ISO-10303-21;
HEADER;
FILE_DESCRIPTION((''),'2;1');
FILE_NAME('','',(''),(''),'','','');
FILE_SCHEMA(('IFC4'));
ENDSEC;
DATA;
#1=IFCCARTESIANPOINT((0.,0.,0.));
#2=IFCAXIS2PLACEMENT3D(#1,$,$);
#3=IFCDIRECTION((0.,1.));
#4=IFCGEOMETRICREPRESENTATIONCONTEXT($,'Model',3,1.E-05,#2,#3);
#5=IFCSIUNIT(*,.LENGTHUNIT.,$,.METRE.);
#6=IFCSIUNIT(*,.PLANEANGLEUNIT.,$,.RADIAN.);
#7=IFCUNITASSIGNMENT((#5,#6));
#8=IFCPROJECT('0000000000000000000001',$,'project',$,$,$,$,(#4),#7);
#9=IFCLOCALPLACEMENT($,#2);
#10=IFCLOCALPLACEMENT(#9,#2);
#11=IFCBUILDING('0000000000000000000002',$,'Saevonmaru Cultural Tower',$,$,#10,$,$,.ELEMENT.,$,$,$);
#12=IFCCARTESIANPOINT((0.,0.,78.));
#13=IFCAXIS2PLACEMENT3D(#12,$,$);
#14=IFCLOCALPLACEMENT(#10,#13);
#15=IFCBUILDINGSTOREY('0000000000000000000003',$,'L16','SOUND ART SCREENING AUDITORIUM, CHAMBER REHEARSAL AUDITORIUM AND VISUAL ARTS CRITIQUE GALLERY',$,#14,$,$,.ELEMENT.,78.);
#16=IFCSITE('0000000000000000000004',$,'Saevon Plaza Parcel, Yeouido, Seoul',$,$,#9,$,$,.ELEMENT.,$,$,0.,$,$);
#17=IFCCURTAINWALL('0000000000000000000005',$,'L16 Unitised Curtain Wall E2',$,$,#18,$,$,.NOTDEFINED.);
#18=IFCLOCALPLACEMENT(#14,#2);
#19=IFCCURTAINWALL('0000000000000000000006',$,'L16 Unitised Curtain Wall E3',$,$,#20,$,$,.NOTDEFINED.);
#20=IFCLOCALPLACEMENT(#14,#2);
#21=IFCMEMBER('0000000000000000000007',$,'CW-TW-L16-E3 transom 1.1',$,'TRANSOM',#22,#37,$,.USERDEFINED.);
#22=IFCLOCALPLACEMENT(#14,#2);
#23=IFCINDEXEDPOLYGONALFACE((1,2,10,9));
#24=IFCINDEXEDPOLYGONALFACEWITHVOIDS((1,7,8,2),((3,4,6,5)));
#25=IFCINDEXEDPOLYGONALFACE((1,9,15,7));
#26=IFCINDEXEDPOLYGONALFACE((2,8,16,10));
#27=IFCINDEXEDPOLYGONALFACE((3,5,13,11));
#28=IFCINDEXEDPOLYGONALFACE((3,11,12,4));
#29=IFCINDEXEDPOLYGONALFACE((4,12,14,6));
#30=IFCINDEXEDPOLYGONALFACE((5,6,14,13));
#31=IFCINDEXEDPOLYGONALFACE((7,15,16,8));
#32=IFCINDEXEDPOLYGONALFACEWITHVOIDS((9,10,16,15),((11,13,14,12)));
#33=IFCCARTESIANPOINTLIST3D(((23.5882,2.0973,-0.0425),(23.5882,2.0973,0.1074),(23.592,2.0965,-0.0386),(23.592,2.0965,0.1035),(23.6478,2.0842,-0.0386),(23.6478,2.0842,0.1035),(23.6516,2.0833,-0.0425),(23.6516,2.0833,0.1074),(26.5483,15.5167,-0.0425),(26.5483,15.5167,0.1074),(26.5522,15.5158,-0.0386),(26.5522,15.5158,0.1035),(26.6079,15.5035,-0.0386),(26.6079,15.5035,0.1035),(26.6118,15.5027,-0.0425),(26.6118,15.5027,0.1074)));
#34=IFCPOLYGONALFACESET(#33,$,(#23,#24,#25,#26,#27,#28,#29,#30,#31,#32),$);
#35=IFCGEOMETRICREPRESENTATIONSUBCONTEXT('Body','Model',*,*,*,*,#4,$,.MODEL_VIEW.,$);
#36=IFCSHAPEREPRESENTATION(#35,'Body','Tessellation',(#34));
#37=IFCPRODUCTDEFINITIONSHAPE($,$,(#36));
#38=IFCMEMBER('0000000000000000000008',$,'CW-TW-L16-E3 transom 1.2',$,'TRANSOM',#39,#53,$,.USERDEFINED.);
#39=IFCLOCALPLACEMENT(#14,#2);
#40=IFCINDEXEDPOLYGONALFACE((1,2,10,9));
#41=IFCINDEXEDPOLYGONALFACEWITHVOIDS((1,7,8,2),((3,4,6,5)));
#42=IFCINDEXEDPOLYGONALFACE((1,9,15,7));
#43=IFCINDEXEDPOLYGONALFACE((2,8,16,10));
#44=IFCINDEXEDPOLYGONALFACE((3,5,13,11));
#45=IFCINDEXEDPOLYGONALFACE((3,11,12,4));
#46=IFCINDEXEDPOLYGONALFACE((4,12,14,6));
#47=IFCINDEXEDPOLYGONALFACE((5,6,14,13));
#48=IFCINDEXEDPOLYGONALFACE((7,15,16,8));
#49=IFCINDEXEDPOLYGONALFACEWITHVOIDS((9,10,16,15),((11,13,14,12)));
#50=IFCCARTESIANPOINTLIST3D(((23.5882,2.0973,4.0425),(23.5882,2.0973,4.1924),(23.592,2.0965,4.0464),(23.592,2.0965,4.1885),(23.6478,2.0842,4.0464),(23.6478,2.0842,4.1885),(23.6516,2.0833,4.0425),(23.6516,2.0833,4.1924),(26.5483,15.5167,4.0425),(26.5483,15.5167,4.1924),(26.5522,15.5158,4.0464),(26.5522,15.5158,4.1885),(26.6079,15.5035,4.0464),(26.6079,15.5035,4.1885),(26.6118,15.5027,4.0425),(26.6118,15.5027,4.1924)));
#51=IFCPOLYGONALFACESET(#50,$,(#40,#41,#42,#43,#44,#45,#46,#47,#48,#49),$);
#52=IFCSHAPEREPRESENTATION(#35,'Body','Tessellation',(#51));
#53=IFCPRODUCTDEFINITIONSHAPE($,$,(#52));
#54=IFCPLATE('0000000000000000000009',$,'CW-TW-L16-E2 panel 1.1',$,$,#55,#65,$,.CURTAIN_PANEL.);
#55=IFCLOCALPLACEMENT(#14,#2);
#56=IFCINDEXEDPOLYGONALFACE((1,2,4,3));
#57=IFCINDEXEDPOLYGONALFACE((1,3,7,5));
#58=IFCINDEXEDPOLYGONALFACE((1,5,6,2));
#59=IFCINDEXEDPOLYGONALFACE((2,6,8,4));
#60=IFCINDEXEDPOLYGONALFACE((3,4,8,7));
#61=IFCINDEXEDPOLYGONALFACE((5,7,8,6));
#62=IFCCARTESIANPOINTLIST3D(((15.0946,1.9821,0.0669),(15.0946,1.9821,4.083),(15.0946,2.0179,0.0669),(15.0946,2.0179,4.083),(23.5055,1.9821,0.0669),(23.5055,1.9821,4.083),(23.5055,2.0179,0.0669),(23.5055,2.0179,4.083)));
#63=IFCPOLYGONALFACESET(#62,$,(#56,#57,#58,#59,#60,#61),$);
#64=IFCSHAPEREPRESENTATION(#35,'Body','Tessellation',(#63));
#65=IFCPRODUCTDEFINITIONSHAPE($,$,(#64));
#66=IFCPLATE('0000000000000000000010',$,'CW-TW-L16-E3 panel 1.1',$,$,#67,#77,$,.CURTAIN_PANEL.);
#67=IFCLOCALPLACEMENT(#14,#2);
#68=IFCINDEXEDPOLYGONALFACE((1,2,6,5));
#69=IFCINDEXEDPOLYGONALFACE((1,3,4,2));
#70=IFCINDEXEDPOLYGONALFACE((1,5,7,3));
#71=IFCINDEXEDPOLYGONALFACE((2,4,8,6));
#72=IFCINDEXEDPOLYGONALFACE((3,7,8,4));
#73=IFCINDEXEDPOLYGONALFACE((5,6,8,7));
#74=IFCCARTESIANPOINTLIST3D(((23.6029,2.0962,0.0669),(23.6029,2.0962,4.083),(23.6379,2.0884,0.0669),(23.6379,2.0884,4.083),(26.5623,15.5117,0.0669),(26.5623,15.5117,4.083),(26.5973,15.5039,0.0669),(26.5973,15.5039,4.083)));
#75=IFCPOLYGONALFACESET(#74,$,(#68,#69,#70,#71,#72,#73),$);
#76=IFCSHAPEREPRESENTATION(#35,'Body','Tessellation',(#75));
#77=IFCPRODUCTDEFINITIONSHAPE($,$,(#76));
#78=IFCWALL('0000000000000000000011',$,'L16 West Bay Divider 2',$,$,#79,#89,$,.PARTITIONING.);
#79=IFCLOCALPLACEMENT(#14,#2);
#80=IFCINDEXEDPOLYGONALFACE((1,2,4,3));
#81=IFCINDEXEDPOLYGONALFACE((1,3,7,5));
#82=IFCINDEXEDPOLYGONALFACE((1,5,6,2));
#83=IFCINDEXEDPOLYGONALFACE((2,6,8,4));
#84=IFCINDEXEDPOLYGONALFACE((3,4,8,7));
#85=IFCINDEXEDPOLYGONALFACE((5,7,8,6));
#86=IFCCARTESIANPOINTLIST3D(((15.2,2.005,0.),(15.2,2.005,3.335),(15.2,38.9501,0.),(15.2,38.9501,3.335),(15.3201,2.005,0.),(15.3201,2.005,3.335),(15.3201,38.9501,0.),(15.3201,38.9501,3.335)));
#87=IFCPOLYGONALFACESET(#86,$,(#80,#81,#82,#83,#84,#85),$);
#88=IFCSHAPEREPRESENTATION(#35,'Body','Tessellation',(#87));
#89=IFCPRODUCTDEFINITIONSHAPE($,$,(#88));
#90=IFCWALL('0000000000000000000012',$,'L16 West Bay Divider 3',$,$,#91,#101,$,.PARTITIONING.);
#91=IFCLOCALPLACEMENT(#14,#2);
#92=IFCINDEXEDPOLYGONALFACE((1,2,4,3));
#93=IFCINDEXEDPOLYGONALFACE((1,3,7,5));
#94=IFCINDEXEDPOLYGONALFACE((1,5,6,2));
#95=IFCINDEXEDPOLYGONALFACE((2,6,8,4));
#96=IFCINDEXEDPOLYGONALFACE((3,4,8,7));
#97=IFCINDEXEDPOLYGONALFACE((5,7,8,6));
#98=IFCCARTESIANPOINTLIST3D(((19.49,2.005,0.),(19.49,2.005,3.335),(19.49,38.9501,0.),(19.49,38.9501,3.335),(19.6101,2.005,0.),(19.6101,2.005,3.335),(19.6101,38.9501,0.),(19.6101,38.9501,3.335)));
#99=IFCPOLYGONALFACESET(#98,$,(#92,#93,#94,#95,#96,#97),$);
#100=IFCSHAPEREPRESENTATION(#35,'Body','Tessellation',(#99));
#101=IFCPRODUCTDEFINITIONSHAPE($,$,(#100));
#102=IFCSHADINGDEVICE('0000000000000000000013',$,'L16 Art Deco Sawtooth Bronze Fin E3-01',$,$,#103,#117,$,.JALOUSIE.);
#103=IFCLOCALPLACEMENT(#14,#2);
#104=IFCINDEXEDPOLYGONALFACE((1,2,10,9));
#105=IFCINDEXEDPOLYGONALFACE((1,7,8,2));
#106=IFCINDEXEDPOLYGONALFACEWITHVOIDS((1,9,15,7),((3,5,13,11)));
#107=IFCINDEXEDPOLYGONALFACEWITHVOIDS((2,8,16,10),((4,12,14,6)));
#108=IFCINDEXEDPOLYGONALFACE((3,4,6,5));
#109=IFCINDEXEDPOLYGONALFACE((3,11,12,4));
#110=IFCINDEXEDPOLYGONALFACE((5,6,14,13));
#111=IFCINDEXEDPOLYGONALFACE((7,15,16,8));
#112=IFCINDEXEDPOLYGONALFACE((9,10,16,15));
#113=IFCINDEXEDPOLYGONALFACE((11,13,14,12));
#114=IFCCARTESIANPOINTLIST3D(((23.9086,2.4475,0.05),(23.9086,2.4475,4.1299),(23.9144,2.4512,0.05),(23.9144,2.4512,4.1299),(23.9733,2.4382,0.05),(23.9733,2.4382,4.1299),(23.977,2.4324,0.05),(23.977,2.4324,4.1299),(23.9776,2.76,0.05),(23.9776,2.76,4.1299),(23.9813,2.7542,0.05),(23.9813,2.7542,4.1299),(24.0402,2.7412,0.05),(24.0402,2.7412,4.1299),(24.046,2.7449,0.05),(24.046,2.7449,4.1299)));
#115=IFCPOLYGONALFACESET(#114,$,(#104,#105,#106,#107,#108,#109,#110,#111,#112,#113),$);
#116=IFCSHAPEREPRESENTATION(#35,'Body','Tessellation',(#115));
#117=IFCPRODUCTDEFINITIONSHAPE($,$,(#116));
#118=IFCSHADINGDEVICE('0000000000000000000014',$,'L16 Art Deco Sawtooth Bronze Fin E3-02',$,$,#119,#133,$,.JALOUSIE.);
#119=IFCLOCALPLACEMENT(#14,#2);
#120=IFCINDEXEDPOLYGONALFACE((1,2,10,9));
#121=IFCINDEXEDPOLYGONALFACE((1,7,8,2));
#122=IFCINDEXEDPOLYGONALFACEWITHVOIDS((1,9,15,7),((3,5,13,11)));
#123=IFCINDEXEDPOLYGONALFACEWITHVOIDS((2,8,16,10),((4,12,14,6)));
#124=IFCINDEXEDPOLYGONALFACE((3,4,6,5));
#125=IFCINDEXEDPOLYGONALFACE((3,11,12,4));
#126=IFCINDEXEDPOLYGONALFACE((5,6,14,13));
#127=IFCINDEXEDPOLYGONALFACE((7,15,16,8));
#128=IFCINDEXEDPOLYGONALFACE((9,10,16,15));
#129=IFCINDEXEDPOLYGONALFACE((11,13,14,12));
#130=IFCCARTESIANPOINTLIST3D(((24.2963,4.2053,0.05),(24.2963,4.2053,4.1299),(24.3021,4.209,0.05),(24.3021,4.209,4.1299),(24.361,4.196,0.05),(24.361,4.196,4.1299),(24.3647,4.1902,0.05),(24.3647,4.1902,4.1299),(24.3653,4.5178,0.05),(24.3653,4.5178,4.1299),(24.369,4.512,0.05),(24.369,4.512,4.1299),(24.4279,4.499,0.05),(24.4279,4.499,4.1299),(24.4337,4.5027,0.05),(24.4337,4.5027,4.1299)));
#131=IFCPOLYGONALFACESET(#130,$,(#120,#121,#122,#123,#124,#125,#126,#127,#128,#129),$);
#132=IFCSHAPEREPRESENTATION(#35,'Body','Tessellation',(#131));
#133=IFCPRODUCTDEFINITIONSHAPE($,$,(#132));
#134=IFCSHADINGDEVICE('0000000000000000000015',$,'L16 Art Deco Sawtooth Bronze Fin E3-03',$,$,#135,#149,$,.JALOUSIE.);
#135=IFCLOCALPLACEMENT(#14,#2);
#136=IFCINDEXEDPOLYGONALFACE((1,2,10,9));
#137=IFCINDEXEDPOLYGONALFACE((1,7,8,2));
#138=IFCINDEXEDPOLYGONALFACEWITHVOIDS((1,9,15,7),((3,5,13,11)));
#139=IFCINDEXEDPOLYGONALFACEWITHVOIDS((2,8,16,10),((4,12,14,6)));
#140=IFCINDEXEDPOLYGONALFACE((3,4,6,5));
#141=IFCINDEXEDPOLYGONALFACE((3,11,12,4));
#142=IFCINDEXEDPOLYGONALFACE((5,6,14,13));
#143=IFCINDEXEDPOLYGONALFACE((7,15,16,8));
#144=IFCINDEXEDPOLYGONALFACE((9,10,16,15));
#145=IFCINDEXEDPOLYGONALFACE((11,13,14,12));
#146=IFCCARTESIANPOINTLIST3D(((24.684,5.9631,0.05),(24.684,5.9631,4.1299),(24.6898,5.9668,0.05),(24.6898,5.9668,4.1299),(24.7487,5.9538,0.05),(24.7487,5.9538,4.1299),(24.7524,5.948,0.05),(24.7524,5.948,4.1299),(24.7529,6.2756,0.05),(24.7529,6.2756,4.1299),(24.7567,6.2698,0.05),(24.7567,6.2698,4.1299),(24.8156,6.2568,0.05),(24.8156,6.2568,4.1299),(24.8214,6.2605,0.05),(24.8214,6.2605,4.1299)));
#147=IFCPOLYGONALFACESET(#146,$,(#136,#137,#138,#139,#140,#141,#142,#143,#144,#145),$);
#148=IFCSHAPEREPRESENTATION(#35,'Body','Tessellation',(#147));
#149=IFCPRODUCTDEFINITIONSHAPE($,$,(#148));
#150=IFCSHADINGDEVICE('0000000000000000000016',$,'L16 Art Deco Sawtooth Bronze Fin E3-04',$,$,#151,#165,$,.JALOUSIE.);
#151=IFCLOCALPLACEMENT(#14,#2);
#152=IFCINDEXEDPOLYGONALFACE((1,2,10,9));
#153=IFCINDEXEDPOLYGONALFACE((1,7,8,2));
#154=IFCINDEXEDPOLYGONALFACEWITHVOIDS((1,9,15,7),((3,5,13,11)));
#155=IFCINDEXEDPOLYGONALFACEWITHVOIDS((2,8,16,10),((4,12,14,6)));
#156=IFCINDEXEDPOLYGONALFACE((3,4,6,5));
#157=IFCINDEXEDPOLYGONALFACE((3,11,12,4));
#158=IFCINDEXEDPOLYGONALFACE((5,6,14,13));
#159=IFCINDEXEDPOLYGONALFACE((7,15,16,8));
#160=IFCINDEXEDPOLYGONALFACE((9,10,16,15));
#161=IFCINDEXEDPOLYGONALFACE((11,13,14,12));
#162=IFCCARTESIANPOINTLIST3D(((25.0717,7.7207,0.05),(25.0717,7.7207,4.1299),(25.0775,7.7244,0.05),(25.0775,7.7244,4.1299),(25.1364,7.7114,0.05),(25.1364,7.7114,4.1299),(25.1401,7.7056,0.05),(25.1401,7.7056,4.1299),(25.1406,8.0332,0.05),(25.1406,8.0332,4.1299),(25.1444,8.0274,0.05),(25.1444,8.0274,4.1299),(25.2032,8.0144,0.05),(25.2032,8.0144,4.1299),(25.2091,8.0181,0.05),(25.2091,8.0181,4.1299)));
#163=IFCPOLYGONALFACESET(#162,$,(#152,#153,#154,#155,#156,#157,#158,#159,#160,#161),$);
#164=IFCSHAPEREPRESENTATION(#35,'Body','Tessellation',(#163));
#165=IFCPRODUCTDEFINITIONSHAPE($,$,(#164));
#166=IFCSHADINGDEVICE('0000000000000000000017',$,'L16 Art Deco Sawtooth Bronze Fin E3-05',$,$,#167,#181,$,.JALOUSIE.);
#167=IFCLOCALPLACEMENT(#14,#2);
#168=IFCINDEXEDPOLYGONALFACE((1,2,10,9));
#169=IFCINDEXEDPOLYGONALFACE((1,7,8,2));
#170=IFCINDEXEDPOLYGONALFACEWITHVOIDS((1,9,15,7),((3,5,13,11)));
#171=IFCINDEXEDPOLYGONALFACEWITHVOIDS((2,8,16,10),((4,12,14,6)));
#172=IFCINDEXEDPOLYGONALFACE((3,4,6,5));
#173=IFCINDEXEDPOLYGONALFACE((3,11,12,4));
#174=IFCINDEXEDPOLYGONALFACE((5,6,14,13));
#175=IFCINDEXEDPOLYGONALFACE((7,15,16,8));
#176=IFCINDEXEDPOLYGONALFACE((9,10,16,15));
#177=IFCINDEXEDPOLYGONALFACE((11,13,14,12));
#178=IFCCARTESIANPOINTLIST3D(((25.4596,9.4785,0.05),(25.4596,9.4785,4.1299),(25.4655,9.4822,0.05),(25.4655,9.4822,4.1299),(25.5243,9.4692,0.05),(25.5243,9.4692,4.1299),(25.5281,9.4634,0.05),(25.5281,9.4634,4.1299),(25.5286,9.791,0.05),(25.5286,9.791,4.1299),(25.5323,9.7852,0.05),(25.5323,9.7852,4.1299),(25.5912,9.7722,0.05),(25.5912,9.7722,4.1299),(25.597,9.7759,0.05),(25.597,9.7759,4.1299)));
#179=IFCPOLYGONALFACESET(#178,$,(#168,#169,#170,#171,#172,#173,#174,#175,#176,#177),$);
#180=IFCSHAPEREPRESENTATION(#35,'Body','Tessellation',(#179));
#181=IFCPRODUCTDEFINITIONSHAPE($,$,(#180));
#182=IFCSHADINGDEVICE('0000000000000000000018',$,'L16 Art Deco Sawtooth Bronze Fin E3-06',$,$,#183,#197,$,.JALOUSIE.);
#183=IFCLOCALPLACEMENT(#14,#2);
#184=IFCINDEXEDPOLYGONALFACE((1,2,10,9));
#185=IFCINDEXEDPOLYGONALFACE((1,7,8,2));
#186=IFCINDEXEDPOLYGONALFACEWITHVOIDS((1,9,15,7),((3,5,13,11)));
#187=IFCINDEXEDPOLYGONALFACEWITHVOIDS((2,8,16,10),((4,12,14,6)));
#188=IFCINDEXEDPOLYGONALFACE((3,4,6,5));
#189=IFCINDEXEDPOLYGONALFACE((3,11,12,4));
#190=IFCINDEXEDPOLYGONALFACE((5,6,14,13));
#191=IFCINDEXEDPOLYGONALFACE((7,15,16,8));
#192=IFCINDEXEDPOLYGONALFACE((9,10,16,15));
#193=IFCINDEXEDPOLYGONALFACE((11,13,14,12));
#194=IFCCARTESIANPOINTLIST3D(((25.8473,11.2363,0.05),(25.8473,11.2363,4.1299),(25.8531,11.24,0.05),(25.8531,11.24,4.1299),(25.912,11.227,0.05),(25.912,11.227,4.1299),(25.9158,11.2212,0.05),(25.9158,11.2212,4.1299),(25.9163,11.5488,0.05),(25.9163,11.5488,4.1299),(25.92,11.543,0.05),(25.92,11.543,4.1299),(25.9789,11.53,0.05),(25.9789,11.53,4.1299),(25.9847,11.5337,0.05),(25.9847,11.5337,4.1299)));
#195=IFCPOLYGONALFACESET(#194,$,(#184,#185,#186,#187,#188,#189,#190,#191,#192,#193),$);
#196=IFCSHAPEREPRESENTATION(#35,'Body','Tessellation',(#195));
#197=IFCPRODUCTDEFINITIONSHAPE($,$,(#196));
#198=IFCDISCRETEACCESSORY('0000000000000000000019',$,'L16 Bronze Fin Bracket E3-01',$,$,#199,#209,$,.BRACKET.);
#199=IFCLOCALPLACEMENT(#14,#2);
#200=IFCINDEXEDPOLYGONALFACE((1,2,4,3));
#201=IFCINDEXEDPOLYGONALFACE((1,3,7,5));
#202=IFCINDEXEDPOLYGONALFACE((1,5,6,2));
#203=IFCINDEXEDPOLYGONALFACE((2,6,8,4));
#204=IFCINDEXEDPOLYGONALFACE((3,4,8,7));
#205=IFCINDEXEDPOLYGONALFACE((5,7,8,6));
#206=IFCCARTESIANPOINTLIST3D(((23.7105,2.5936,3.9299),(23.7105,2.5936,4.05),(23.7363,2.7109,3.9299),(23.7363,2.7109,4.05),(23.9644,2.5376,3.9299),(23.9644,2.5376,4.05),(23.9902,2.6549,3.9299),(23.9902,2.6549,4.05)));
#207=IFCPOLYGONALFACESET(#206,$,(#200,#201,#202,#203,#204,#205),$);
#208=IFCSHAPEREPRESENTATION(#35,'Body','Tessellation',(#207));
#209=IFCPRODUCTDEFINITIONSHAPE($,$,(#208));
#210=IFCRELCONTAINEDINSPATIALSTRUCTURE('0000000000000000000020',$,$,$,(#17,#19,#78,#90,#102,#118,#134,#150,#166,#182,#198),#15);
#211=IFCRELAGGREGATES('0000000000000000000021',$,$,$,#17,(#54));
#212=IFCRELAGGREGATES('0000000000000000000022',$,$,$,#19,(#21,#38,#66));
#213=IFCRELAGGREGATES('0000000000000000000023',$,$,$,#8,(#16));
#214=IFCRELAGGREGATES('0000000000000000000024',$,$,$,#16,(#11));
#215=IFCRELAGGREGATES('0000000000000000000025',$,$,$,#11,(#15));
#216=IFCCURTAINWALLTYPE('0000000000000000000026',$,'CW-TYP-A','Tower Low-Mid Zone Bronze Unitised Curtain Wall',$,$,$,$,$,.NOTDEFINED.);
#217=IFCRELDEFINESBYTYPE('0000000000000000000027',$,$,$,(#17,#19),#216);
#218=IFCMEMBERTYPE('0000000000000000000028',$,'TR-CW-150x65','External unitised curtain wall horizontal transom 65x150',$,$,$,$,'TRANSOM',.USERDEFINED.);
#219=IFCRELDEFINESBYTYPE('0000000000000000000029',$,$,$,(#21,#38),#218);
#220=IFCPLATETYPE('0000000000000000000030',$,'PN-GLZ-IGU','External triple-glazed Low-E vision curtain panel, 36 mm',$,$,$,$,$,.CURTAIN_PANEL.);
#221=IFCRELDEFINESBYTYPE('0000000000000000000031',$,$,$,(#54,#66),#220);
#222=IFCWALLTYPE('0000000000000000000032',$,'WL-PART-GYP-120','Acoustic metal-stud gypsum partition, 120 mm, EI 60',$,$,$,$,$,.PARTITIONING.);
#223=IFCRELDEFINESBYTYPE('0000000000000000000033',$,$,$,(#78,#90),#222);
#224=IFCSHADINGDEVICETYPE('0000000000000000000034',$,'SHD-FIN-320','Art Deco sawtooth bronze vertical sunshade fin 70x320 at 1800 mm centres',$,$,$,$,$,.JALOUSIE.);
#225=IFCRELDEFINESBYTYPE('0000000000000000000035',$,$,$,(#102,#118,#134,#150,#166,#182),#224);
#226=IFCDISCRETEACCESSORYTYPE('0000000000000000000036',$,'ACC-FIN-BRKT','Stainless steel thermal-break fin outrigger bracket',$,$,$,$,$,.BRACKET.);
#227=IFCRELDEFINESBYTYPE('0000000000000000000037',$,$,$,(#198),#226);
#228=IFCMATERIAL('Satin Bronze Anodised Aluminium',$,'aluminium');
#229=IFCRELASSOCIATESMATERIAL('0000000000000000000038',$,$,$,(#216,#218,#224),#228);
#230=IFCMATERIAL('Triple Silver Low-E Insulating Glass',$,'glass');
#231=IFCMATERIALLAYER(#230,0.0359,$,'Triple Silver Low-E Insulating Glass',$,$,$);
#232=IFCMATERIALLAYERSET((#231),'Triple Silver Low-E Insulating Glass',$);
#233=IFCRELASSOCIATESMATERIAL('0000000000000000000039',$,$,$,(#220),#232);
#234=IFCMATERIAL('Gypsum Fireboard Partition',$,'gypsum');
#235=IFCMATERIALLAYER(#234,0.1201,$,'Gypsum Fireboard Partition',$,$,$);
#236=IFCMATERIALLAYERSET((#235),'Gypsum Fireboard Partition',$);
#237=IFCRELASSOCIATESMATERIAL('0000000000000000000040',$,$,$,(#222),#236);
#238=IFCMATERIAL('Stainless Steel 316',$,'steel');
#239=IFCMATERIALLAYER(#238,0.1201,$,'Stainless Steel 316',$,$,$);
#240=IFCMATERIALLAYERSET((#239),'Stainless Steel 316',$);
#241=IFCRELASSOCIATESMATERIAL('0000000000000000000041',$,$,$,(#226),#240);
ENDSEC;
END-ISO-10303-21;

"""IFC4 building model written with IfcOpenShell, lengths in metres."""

from ifc_helpers import new_model, si_unit, direction, frame, frame_2d, origin, origin_2d, place, context, subcontext, project, spatial, rectangle, hollow_rectangle, extrude, material, layer, layer_set, material_profile, profile_set, type_object, element, aggregate, save


model = new_model("IFC4")

# Units and contexts
model_context = context("Model", 3, precision=1e-05, world=origin(), true_north=direction((0.0, 1.0)))
body_context = subcontext(model_context, "Body", "Model", "MODEL_VIEW")
ifc_project = project(units=[si_unit("LENGTHUNIT", "METRE"), si_unit("PLANEANGLEUNIT", "RADIAN")], contexts=[model_context])

# Site, building, storey
site_placement = place(None, origin())
site = spatial("IfcSite", under=ifc_project, at=site_placement, Name="Saevon Plaza Parcel, Yeouido, Seoul", CompositionType="ELEMENT", RefElevation=0.0)
building_placement = place(site_placement, origin())
building = spatial("IfcBuilding", under=site, at=building_placement, Name="Saevonmaru Cultural Tower", CompositionType="ELEMENT")
storey_placement = place(building_placement, frame((0.0, 0.0, 78.0)))
storey = spatial("IfcBuildingStorey", under=building, at=storey_placement, Name="L16", Description="SOUND ART SCREENING AUDITORIUM, CHAMBER REHEARSAL AUDITORIUM AND VISUAL ARTS CRITIQUE GALLERY", CompositionType="ELEMENT", Elevation=78.0)

# Curtain wall
ifc_material_1 = material(Name="Satin Bronze Anodised Aluminium", Category="aluminium")
curtain_wall_type = type_object("IfcCurtainWallType", Name="CW-TYP-A", Description="Tower Low-Mid Zone Bronze Unitised Curtain Wall", PredefinedType="NOTDEFINED", material=ifc_material_1)
curtain_wall_1_placement = place(storey_placement, origin())
curtain_wall_1 = element("IfcCurtainWall", 1, at=curtain_wall_1_placement, inside=storey, type_object=curtain_wall_type, Name="L16 Unitised Curtain Wall E2", PredefinedType="NOTDEFINED")

# Curtain wall
curtain_wall_2_placement = place(storey_placement, origin())
curtain_wall_2 = element("IfcCurtainWall", 2, at=curtain_wall_2_placement, inside=storey, type_object=curtain_wall_type, Name="L16 Unitised Curtain Wall E3", PredefinedType="NOTDEFINED")

# Members
ifc_material_profile_1 = material_profile(ifc_material_1, hollow_rectangle(XDim=0.0649, YDim=0.1499, WallThickness=0.0039, at=origin_2d()), Name="ALU-TRAN-150x65x4")
ifc_profile_set_1 = profile_set([ifc_material_profile_1], Name="Satin Bronze Anodised Aluminium")
member_type_1 = type_object("IfcMemberType", Name="TR-CW-150x65", Description="External unitised curtain wall horizontal transom 65x150", ElementType="TRANSOM", PredefinedType="USERDEFINED", material=ifc_profile_set_1)
member_1_placement = place(storey_placement, frame((23.6199, 2.0903, 0.0325), z_axis=(0.215412, 0.976523, 0.0), x_axis=(-0.976523, 0.215412, 0.0)))
member_1 = element("IfcMember", 3, at=member_1_placement, type_object=member_type_1, Name="CW-TW-L16-E3 transom 1.1", ObjectType="TRANSOM", PredefinedType="USERDEFINED", context=body_context, shape_type="SweptSolid", body=[
    extrude(hollow_rectangle(XDim=0.0649, YDim=0.1499, WallThickness=0.0039, at=origin_2d()), origin(), (0.0, 0.0, 1.0), 13.7419),
])
member_2_placement = place(storey_placement, frame((23.6199, 2.0903, 4.1174), z_axis=(0.215412, 0.976523, 0.0), x_axis=(-0.976523, 0.215412, 0.0)))
member_2 = element("IfcMember", 4, at=member_2_placement, type_object=member_type_1, Name="CW-TW-L16-E3 transom 1.2", ObjectType="TRANSOM", PredefinedType="USERDEFINED", context=body_context, shape_type="SweptSolid", body=[
    extrude(hollow_rectangle(XDim=0.0649, YDim=0.1499, WallThickness=0.0039, at=origin_2d()), origin(), (0.0, 0.0, 1.0), 13.7419),
])

# Plates
ifc_material_2 = material(Name="Triple Silver Low-E Insulating Glass", Category="glass")
ifc_layer_1 = layer(ifc_material_2, 0.0359, Name="Triple Silver Low-E Insulating Glass")
ifc_layer_set_1 = layer_set([ifc_layer_1], Name="Triple Silver Low-E Insulating Glass")
plate_type = type_object("IfcPlateType", Name="PN-GLZ-IGU", Description="External triple-glazed Low-E vision curtain panel, 36 mm", PredefinedType="CURTAIN_PANEL", material=ifc_layer_set_1)
plate_1_placement = place(storey_placement, frame((19.3, 2.0, 0.0669), z_axis=(0.0, 0.0, 1.0), x_axis=(1.0, 0.0, 0.0)))
plate_1 = element("IfcPlate", 5, at=plate_1_placement, type_object=plate_type, Name="CW-TW-L16-E2 panel 1.1", PredefinedType="CURTAIN_PANEL", context=body_context, shape_type="SweptSolid", body=[
    extrude(rectangle(XDim=8.4109, YDim=0.0359, at=origin_2d()), origin(), (0.0, 0.0, 1.0), 4.0161),
])
aggregate(curtain_wall_1, [plate_1])
plate_2_placement = place(storey_placement, frame((25.1001, 8.8, 0.0669), z_axis=(0.0, 0.0, 1.0), x_axis=(0.215413, 0.976523, 0.0)))
plate_2 = element("IfcPlate", 6, at=plate_2_placement, type_object=plate_type, Name="CW-TW-L16-E3 panel 1.1", PredefinedType="CURTAIN_PANEL", context=body_context, shape_type="SweptSolid", body=[
    extrude(rectangle(XDim=13.738, YDim=0.0359, at=origin_2d()), origin(), (0.0, 0.0, 1.0), 4.0161),
])
aggregate(curtain_wall_2, [member_1, member_2, plate_2])

# Walls
ifc_material_3 = material(Name="Gypsum Fireboard Partition", Category="gypsum")
ifc_layer_2 = layer(ifc_material_3, 0.1201, Name="Gypsum Fireboard Partition")
ifc_layer_set_2 = layer_set([ifc_layer_2], Name="Gypsum Fireboard Partition")
wall_type = type_object("IfcWallType", Name="WL-PART-GYP-120", Description="Acoustic metal-stud gypsum partition, 120 mm, EI 60", PredefinedType="PARTITIONING", material=ifc_layer_set_2)
for number, where, z_axis, x_axis, name in (
    (7, (15.26, 2.0049, 0.0), (0.0, 0.0, 1.0), (0.0, 1.0, 0.0), "L16 West Bay Divider 2"),
    (8, (19.55, 2.0049, 0.0), (0.0, 0.0, 1.0), (0.0, 1.0, 0.0), "L16 West Bay Divider 3"),
):
    element("IfcWall", number, at=place(storey_placement, frame(where, z_axis=z_axis, x_axis=x_axis)), inside=storey, type_object=wall_type, Name=name, PredefinedType="PARTITIONING", context=body_context, shape_type="SweptSolid", body=[
        extrude(rectangle(XDim=36.9451, YDim=0.1201, at=frame_2d((18.4727, 0.0))), origin(), (0.0, 0.0, 1.0), 3.335),
    ])

# Shading devices
ifc_material_profile_2 = material_profile(ifc_material_1, hollow_rectangle(XDim=0.0701, YDim=0.3201, WallThickness=0.0049, at=origin_2d()), Name="FIN-320x70")
ifc_profile_set_2 = profile_set([ifc_material_profile_2], Name="Satin Bronze Anodised Aluminium")
shading_device_type = type_object("IfcShadingDeviceType", Name="SHD-FIN-320", Description="Art Deco sawtooth bronze vertical sunshade fin 70x320 at 1800 mm centres", PredefinedType="JALOUSIE", material=ifc_profile_set_2)
for number, where, z_axis, x_axis, name in (
    (9, (23.9773, 2.5962, 0.05), (0.0, 0.0, 1.0), (0.976522, -0.215417, 0.0), "L16 Art Deco Sawtooth Bronze Fin E3-01"),
    (10, (24.365, 4.354, 0.05), (0.0, 0.0, 1.0), (0.976522, -0.215417, 0.0), "L16 Art Deco Sawtooth Bronze Fin E3-02"),
    (11, (24.7527, 6.1118, 0.05), (0.0, 0.0, 1.0), (0.976522, -0.215417, 0.0), "L16 Art Deco Sawtooth Bronze Fin E3-03"),
    (12, (25.1404, 7.8694, 0.05), (0.0, 0.0, 1.0), (0.976522, -0.215417, 0.0), "L16 Art Deco Sawtooth Bronze Fin E3-04"),
    (13, (25.5283, 9.6272, 0.05), (0.0, 0.0, 1.0), (0.976522, -0.215417, 0.0), "L16 Art Deco Sawtooth Bronze Fin E3-05"),
    (14, (25.916, 11.385, 0.05), (0.0, 0.0, 1.0), (0.976522, -0.215417, 0.0), "L16 Art Deco Sawtooth Bronze Fin E3-06"),
):
    element("IfcShadingDevice", number, at=place(storey_placement, frame(where, z_axis=z_axis, x_axis=x_axis)), inside=storey, type_object=shading_device_type, Name=name, PredefinedType="JALOUSIE", context=body_context, shape_type="SweptSolid", body=[
        extrude(hollow_rectangle(XDim=0.0701, YDim=0.3201, WallThickness=0.0049, at=origin_2d()), origin(), (0.0, 0.0, 1.0), 4.0798),
    ])

# Discrete accessory
ifc_material_4 = material(Name="Stainless Steel 316", Category="steel")
ifc_layer_3 = layer(ifc_material_4, 0.1201, Name="Stainless Steel 316")
ifc_layer_set_3 = layer_set([ifc_layer_3], Name="Stainless Steel 316")
discrete_accessory_type = type_object("IfcDiscreteAccessoryType", Name="ACC-FIN-BRKT", Description="Stainless steel thermal-break fin outrigger bracket", PredefinedType="BRACKET", material=ifc_layer_set_3)
for number, where, z_axis, x_axis, name in (
    (15, (23.8503, 2.6243, 3.9299), (0.0, 0.0, 1.0), (0.976522, -0.215417, 0.0), "L16 Bronze Fin Bracket E3-01"),
):
    element("IfcDiscreteAccessory", number, at=place(storey_placement, frame(where, z_axis=z_axis, x_axis=x_axis)), inside=storey, type_object=discrete_accessory_type, Name=name, PredefinedType="BRACKET", context=body_context, shape_type="SweptSolid", body=[
        extrude(rectangle(XDim=0.26, YDim=0.1201, at=origin_2d()), origin(), (0.0, 0.0, 1.0), 0.1201),
    ])

save(model, "model.ifc")
